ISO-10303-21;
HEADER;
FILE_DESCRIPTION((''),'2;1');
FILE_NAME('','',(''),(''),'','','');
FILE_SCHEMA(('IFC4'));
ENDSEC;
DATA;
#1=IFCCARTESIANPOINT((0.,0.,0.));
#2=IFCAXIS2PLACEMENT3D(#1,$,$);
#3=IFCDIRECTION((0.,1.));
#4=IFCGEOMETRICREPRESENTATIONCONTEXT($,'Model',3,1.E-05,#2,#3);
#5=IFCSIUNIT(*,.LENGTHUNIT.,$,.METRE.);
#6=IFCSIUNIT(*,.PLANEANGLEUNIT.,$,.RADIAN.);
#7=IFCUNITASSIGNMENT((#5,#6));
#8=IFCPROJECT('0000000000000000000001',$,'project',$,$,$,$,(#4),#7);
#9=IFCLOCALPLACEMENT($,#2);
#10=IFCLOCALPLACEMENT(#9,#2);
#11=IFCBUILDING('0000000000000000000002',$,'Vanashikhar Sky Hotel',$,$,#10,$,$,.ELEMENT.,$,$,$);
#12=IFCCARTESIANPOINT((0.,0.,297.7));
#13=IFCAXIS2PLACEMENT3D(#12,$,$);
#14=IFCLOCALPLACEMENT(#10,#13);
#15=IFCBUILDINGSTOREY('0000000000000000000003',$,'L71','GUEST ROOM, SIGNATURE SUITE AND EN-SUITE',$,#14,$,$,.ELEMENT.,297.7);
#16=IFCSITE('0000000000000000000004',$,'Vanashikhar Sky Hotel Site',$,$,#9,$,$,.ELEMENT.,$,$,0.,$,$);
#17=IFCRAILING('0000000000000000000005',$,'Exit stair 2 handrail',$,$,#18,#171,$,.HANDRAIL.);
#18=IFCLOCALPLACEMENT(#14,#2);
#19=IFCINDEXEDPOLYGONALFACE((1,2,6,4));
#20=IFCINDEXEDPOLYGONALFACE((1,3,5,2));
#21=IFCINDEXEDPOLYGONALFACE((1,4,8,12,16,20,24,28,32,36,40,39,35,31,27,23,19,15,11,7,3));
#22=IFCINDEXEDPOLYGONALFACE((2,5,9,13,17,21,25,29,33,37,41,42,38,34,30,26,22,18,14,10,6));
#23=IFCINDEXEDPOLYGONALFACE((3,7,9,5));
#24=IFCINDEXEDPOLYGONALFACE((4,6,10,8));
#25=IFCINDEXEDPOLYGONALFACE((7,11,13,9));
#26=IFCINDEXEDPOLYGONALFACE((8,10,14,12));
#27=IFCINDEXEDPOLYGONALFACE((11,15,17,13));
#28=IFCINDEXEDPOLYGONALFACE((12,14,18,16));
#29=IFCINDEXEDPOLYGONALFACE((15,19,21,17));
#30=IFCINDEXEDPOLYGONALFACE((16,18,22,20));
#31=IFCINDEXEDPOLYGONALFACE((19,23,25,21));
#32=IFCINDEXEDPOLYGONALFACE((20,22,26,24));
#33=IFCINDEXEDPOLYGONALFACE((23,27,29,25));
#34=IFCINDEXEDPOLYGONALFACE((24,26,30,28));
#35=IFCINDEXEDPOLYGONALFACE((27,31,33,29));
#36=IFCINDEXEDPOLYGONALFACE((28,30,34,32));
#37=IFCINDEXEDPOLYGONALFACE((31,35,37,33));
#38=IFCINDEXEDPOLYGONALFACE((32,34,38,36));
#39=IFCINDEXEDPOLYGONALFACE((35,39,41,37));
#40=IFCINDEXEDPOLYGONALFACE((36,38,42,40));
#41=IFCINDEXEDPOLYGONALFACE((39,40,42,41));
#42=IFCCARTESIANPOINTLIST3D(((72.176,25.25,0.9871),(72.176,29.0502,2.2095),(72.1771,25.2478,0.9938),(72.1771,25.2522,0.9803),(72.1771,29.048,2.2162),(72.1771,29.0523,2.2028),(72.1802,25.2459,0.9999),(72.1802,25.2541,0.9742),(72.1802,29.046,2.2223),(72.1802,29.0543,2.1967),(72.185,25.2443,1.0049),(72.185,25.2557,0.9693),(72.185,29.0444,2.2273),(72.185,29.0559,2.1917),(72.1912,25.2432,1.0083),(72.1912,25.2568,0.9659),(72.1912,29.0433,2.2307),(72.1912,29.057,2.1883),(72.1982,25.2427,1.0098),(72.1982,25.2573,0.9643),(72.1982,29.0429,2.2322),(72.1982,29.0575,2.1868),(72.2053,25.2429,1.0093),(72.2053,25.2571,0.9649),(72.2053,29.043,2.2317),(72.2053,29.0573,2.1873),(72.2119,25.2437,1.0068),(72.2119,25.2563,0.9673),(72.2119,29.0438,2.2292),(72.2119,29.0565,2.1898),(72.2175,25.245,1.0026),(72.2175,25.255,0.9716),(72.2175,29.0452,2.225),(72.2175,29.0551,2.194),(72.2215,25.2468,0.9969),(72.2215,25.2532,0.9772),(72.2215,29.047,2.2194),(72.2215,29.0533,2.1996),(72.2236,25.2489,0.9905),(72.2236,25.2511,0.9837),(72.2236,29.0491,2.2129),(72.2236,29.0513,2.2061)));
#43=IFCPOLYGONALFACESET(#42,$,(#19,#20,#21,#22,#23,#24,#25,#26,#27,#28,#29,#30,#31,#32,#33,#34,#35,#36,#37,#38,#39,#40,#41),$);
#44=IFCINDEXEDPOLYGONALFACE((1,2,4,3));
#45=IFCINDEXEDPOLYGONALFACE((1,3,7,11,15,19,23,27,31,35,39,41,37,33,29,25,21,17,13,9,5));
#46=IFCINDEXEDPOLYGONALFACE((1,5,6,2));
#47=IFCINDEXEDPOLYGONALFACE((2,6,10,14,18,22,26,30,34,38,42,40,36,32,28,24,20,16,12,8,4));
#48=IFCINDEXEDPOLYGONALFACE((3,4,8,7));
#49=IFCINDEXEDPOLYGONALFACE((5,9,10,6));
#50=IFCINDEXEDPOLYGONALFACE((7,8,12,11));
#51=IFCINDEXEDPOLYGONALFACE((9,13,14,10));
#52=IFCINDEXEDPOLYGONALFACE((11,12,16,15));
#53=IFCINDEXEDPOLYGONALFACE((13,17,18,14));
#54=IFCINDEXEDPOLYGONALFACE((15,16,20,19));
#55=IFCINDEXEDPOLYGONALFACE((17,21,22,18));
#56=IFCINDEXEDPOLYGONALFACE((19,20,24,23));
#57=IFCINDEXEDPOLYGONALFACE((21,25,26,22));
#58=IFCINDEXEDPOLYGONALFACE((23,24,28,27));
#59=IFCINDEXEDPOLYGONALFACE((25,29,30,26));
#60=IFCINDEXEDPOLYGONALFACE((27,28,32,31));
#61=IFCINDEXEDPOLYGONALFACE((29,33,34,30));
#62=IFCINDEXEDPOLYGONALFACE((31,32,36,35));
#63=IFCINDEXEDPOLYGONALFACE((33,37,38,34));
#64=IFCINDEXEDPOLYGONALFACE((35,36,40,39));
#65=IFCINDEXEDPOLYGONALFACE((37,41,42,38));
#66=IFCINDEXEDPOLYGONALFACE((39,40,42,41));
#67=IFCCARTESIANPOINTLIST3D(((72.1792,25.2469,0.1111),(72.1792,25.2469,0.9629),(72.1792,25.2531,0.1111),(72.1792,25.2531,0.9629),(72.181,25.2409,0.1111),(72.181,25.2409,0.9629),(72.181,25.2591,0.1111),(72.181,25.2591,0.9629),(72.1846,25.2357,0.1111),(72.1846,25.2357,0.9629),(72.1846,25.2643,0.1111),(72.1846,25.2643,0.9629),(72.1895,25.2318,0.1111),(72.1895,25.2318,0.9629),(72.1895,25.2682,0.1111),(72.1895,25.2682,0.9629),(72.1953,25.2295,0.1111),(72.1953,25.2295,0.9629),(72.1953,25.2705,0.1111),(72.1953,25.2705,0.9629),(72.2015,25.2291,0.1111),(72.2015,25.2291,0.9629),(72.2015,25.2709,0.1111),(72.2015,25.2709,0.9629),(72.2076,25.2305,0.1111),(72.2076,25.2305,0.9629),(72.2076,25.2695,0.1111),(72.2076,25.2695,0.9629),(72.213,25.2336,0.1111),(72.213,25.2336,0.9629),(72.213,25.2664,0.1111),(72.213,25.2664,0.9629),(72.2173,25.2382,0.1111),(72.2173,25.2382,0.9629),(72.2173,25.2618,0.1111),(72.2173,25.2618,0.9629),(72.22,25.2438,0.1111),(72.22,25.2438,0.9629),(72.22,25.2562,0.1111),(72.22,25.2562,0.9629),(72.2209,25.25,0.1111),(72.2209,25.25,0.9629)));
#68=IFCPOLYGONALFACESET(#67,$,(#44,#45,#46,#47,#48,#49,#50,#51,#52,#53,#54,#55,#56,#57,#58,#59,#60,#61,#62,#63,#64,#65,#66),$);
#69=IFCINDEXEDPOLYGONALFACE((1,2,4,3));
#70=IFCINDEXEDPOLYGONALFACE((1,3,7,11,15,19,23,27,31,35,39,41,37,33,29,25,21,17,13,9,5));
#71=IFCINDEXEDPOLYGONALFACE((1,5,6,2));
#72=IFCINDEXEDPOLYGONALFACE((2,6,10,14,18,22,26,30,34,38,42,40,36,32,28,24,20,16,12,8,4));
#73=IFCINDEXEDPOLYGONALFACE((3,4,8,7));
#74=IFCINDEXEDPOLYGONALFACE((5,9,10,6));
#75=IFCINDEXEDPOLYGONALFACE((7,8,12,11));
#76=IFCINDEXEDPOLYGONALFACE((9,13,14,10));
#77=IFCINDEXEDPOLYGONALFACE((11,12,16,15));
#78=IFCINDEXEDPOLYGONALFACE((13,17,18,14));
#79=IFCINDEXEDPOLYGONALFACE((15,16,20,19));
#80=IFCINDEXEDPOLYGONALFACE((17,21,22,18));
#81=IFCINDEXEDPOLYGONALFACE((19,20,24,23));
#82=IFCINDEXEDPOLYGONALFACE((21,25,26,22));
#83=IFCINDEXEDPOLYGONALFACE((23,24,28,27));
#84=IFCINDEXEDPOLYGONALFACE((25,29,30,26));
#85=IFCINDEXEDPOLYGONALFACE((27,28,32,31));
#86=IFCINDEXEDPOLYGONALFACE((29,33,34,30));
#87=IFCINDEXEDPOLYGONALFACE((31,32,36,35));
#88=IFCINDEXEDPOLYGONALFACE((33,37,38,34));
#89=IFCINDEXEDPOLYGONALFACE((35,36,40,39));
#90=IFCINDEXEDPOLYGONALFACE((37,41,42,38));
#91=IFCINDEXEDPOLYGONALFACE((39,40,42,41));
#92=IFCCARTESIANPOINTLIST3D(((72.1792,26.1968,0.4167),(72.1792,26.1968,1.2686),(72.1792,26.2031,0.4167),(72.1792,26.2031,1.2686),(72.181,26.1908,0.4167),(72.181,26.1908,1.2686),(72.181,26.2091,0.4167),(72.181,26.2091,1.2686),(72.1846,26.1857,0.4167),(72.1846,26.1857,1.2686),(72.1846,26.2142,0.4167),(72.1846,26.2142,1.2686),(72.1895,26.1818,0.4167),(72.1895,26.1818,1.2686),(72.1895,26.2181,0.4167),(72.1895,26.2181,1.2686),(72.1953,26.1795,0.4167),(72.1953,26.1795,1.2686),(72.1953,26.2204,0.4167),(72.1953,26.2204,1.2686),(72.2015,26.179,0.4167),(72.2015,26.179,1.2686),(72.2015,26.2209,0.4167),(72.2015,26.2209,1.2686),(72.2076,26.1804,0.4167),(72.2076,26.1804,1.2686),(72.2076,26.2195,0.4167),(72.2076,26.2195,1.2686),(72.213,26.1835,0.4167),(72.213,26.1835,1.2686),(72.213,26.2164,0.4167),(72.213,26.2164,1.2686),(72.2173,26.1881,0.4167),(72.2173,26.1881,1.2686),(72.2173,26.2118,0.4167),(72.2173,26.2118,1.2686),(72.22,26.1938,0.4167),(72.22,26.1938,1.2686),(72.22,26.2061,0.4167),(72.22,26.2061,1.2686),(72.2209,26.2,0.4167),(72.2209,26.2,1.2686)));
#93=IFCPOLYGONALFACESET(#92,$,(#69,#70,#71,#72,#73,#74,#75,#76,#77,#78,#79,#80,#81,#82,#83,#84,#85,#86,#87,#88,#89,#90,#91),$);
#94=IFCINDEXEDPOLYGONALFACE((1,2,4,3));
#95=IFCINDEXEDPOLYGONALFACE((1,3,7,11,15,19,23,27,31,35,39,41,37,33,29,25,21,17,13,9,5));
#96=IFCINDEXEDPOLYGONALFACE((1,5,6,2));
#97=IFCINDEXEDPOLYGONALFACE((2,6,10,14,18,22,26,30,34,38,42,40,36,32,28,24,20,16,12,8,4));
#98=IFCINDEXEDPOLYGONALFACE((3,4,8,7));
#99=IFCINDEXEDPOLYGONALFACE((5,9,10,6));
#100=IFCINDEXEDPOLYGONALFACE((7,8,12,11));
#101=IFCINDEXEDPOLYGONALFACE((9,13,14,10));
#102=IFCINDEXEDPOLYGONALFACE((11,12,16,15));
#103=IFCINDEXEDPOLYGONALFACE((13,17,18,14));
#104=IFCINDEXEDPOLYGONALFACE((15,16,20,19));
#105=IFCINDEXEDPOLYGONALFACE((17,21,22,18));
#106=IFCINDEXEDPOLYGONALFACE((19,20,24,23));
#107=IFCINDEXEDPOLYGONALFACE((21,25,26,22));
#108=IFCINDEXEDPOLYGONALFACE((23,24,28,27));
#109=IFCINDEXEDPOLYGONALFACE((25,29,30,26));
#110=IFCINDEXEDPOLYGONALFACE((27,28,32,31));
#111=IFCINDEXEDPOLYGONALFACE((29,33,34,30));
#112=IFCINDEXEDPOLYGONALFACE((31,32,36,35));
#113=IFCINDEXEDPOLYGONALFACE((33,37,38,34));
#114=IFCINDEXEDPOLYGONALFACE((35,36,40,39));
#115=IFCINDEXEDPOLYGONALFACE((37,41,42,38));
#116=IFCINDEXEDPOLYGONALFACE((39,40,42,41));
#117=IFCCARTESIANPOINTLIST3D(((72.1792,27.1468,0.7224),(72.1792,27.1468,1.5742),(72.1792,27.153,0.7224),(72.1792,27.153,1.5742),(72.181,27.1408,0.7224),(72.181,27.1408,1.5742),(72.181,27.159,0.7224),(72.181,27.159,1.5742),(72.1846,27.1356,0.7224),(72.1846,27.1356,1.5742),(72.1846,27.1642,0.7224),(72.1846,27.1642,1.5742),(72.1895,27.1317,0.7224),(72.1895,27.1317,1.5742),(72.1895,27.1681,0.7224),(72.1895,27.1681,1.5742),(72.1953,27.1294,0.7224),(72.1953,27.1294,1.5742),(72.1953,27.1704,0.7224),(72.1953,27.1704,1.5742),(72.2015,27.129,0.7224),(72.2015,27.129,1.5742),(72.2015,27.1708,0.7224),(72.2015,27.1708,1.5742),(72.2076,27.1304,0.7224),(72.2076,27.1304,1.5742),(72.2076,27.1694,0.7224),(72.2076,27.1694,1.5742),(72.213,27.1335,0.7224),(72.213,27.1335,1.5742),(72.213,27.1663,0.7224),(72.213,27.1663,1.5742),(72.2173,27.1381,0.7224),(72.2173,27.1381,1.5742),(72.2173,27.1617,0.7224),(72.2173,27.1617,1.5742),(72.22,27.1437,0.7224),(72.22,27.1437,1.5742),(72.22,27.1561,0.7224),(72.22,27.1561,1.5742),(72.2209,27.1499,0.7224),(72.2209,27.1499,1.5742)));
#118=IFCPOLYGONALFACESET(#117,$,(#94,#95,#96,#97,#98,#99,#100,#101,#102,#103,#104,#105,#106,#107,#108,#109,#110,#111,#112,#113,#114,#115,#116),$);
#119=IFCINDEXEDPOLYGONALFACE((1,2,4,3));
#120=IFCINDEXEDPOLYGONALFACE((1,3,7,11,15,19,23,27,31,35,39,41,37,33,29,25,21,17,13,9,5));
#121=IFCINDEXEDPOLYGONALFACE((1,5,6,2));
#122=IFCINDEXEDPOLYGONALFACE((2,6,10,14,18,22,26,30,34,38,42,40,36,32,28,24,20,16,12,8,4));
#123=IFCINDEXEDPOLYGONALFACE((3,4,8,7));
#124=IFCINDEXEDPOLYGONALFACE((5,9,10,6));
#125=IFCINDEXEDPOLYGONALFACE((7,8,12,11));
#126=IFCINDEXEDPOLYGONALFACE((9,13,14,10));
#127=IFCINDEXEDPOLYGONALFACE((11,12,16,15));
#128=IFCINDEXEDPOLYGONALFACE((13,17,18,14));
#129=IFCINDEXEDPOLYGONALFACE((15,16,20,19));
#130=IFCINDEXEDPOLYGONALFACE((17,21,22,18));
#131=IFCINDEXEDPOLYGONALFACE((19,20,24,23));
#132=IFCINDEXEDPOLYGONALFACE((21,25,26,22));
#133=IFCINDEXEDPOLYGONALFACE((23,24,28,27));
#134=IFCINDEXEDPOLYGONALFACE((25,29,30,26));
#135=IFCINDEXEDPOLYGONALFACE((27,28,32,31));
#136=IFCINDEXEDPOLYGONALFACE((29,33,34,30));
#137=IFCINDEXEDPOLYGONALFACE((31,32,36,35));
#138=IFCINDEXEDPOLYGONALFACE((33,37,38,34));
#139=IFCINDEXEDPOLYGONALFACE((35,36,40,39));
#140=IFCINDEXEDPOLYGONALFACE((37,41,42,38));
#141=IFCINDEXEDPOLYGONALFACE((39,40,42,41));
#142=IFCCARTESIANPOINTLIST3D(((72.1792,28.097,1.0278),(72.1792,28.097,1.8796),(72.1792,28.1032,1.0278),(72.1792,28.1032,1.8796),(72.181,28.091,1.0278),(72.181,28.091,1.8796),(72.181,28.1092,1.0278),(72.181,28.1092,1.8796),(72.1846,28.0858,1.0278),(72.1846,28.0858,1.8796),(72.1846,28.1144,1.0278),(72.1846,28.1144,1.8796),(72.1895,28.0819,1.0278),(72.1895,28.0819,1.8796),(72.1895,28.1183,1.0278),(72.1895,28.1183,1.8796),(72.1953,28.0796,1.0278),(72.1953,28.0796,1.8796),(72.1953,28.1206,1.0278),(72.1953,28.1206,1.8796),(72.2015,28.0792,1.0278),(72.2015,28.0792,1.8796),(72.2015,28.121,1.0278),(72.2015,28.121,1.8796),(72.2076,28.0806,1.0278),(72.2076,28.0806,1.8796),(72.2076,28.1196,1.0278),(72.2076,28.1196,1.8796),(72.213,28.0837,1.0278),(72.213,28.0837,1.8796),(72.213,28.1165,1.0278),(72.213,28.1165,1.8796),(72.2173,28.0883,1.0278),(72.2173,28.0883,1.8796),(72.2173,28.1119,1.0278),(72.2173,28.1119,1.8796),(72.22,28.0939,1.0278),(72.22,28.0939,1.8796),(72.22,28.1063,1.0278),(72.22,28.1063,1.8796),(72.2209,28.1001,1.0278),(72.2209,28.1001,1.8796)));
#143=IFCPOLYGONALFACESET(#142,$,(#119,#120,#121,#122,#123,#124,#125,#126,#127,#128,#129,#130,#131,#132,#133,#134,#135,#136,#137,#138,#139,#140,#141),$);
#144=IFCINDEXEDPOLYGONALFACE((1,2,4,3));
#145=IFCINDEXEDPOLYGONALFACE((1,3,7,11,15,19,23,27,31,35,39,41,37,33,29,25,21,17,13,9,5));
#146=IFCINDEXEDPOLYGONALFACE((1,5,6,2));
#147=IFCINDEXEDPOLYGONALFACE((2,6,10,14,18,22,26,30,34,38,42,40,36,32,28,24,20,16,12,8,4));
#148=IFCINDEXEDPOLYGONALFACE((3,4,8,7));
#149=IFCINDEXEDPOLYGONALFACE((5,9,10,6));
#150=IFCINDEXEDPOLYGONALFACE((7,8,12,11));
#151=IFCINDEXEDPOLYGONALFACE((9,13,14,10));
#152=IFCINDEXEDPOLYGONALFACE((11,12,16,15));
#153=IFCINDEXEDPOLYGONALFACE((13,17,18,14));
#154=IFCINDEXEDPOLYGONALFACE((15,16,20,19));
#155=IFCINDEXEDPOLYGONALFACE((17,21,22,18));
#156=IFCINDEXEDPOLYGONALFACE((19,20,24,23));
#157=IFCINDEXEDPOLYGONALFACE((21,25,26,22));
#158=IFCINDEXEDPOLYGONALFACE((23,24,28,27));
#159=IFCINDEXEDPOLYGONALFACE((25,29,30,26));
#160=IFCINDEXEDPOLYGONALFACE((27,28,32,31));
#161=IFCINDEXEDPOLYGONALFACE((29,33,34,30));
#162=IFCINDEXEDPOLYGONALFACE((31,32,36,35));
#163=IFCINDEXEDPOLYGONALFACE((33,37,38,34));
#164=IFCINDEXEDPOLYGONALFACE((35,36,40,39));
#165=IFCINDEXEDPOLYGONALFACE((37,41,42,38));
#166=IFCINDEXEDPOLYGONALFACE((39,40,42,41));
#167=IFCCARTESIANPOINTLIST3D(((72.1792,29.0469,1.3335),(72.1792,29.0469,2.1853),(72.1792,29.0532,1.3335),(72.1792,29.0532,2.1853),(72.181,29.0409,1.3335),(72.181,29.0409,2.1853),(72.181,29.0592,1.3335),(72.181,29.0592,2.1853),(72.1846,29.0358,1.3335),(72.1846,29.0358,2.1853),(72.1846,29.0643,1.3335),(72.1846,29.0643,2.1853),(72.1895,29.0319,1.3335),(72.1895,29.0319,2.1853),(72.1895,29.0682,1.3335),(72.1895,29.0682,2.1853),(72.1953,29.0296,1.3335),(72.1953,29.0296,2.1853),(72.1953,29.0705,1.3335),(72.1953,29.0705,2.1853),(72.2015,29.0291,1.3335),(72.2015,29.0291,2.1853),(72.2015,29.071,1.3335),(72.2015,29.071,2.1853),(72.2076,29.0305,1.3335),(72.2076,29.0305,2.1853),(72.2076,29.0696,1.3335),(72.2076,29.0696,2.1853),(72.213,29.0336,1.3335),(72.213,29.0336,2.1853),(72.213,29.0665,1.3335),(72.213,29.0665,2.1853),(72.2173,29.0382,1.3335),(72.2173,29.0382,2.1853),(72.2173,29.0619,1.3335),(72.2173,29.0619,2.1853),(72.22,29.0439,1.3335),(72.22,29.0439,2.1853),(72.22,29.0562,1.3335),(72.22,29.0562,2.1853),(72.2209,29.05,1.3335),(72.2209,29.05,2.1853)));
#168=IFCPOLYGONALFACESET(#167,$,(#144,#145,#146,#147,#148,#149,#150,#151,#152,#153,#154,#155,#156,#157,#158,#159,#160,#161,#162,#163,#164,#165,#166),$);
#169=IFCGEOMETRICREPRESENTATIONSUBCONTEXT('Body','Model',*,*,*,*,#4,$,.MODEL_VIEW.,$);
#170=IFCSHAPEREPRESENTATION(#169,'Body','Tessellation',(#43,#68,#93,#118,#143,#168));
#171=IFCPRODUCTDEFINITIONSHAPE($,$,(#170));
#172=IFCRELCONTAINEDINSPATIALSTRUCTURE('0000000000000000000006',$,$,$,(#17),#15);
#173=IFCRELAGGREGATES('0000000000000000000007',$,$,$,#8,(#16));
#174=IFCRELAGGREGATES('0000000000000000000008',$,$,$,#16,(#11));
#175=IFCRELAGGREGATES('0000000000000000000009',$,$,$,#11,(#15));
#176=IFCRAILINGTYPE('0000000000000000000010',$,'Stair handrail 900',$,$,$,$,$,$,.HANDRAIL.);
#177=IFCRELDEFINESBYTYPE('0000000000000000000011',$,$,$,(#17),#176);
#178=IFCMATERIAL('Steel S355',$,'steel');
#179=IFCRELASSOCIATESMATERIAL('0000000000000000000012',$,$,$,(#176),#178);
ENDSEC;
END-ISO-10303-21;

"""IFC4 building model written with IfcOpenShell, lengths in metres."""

from ifc_helpers import new_model, si_unit, direction, frame, origin, origin_2d, place, context, subcontext, project, spatial, circle, extrude, source, transform, mapped, material, type_object, element, save


model = new_model("IFC4")

# Units and contexts
model_context = context("Model", 3, precision=1e-05, world=origin(), true_north=direction((0.0, 1.0)))
body_context = subcontext(model_context, "Body", "Model", "MODEL_VIEW")
ifc_project = project(units=[si_unit("LENGTHUNIT", "METRE"), si_unit("PLANEANGLEUNIT", "RADIAN")], contexts=[model_context])

# Site, building, storey
site_placement = place(None, origin())
site = spatial("IfcSite", under=ifc_project, at=site_placement, Name="Vanashikhar Sky Hotel Site", CompositionType="ELEMENT", RefElevation=0.0)
building_placement = place(site_placement, origin())
building = spatial("IfcBuilding", under=site, at=building_placement, Name="Vanashikhar Sky Hotel", CompositionType="ELEMENT")
storey_placement = place(building_placement, frame((0.0, 0.0, 297.7)))
storey = spatial("IfcBuildingStorey", under=building, at=storey_placement, Name="L71", Description="GUEST ROOM, SIGNATURE SUITE AND EN-SUITE", CompositionType="ELEMENT", Elevation=297.7)

# Railing
ifc_material_1 = material(Name="Steel S355", Category="steel")
railing_type_1 = type_object("IfcRailingType", Name="Stair handrail 900", PredefinedType="HANDRAIL", material=ifc_material_1)
shared_shape_1 = source(origin(), body_context, "Body", "SweptSolid", [
    extrude(circle(Radius=0.0239, at=origin_2d()), frame((0.0, 0.0, 0.876), z_axis=(0.0, 0.951958, 0.306229), x_axis=(-1.0, 0.0, 0.0)), (0.0, 0.0, 1.0), 3.9919),
    extrude(circle(Radius=0.021, at=origin_2d()), origin(), (0.0, 0.0, 1.0), 0.8518),
    extrude(circle(Radius=0.021, at=origin_2d()), frame((0.0, 0.95, 0.3057)), (0.0, 0.0, 1.0), 0.8518),
    extrude(circle(Radius=0.021, at=origin_2d()), frame((0.0, 1.8999, 0.6113)), (0.0, 0.0, 1.0), 0.8518),
    extrude(circle(Radius=0.021, at=origin_2d()), frame((0.0, 2.8501, 0.9167)), (0.0, 0.0, 1.0), 0.8518),
    extrude(circle(Radius=0.021, at=origin_2d()), frame((0.0, 3.8, 1.2224)), (0.0, 0.0, 1.0), 0.8518),
])
railing_1_placement = place(storey_placement, frame((72.2, 25.25, 0.1111)))
element("IfcRailing", 1, at=railing_1_placement, inside=storey, type_object=railing_type_1, Name="Exit stair 2 handrail", PredefinedType="HANDRAIL", context=body_context, shape_type="MappedRepresentation", body=[
    mapped(shared_shape_1, transform((0.0, 0.0, 0.0), scale=1.0)),
])

save(model, "model.ifc")
